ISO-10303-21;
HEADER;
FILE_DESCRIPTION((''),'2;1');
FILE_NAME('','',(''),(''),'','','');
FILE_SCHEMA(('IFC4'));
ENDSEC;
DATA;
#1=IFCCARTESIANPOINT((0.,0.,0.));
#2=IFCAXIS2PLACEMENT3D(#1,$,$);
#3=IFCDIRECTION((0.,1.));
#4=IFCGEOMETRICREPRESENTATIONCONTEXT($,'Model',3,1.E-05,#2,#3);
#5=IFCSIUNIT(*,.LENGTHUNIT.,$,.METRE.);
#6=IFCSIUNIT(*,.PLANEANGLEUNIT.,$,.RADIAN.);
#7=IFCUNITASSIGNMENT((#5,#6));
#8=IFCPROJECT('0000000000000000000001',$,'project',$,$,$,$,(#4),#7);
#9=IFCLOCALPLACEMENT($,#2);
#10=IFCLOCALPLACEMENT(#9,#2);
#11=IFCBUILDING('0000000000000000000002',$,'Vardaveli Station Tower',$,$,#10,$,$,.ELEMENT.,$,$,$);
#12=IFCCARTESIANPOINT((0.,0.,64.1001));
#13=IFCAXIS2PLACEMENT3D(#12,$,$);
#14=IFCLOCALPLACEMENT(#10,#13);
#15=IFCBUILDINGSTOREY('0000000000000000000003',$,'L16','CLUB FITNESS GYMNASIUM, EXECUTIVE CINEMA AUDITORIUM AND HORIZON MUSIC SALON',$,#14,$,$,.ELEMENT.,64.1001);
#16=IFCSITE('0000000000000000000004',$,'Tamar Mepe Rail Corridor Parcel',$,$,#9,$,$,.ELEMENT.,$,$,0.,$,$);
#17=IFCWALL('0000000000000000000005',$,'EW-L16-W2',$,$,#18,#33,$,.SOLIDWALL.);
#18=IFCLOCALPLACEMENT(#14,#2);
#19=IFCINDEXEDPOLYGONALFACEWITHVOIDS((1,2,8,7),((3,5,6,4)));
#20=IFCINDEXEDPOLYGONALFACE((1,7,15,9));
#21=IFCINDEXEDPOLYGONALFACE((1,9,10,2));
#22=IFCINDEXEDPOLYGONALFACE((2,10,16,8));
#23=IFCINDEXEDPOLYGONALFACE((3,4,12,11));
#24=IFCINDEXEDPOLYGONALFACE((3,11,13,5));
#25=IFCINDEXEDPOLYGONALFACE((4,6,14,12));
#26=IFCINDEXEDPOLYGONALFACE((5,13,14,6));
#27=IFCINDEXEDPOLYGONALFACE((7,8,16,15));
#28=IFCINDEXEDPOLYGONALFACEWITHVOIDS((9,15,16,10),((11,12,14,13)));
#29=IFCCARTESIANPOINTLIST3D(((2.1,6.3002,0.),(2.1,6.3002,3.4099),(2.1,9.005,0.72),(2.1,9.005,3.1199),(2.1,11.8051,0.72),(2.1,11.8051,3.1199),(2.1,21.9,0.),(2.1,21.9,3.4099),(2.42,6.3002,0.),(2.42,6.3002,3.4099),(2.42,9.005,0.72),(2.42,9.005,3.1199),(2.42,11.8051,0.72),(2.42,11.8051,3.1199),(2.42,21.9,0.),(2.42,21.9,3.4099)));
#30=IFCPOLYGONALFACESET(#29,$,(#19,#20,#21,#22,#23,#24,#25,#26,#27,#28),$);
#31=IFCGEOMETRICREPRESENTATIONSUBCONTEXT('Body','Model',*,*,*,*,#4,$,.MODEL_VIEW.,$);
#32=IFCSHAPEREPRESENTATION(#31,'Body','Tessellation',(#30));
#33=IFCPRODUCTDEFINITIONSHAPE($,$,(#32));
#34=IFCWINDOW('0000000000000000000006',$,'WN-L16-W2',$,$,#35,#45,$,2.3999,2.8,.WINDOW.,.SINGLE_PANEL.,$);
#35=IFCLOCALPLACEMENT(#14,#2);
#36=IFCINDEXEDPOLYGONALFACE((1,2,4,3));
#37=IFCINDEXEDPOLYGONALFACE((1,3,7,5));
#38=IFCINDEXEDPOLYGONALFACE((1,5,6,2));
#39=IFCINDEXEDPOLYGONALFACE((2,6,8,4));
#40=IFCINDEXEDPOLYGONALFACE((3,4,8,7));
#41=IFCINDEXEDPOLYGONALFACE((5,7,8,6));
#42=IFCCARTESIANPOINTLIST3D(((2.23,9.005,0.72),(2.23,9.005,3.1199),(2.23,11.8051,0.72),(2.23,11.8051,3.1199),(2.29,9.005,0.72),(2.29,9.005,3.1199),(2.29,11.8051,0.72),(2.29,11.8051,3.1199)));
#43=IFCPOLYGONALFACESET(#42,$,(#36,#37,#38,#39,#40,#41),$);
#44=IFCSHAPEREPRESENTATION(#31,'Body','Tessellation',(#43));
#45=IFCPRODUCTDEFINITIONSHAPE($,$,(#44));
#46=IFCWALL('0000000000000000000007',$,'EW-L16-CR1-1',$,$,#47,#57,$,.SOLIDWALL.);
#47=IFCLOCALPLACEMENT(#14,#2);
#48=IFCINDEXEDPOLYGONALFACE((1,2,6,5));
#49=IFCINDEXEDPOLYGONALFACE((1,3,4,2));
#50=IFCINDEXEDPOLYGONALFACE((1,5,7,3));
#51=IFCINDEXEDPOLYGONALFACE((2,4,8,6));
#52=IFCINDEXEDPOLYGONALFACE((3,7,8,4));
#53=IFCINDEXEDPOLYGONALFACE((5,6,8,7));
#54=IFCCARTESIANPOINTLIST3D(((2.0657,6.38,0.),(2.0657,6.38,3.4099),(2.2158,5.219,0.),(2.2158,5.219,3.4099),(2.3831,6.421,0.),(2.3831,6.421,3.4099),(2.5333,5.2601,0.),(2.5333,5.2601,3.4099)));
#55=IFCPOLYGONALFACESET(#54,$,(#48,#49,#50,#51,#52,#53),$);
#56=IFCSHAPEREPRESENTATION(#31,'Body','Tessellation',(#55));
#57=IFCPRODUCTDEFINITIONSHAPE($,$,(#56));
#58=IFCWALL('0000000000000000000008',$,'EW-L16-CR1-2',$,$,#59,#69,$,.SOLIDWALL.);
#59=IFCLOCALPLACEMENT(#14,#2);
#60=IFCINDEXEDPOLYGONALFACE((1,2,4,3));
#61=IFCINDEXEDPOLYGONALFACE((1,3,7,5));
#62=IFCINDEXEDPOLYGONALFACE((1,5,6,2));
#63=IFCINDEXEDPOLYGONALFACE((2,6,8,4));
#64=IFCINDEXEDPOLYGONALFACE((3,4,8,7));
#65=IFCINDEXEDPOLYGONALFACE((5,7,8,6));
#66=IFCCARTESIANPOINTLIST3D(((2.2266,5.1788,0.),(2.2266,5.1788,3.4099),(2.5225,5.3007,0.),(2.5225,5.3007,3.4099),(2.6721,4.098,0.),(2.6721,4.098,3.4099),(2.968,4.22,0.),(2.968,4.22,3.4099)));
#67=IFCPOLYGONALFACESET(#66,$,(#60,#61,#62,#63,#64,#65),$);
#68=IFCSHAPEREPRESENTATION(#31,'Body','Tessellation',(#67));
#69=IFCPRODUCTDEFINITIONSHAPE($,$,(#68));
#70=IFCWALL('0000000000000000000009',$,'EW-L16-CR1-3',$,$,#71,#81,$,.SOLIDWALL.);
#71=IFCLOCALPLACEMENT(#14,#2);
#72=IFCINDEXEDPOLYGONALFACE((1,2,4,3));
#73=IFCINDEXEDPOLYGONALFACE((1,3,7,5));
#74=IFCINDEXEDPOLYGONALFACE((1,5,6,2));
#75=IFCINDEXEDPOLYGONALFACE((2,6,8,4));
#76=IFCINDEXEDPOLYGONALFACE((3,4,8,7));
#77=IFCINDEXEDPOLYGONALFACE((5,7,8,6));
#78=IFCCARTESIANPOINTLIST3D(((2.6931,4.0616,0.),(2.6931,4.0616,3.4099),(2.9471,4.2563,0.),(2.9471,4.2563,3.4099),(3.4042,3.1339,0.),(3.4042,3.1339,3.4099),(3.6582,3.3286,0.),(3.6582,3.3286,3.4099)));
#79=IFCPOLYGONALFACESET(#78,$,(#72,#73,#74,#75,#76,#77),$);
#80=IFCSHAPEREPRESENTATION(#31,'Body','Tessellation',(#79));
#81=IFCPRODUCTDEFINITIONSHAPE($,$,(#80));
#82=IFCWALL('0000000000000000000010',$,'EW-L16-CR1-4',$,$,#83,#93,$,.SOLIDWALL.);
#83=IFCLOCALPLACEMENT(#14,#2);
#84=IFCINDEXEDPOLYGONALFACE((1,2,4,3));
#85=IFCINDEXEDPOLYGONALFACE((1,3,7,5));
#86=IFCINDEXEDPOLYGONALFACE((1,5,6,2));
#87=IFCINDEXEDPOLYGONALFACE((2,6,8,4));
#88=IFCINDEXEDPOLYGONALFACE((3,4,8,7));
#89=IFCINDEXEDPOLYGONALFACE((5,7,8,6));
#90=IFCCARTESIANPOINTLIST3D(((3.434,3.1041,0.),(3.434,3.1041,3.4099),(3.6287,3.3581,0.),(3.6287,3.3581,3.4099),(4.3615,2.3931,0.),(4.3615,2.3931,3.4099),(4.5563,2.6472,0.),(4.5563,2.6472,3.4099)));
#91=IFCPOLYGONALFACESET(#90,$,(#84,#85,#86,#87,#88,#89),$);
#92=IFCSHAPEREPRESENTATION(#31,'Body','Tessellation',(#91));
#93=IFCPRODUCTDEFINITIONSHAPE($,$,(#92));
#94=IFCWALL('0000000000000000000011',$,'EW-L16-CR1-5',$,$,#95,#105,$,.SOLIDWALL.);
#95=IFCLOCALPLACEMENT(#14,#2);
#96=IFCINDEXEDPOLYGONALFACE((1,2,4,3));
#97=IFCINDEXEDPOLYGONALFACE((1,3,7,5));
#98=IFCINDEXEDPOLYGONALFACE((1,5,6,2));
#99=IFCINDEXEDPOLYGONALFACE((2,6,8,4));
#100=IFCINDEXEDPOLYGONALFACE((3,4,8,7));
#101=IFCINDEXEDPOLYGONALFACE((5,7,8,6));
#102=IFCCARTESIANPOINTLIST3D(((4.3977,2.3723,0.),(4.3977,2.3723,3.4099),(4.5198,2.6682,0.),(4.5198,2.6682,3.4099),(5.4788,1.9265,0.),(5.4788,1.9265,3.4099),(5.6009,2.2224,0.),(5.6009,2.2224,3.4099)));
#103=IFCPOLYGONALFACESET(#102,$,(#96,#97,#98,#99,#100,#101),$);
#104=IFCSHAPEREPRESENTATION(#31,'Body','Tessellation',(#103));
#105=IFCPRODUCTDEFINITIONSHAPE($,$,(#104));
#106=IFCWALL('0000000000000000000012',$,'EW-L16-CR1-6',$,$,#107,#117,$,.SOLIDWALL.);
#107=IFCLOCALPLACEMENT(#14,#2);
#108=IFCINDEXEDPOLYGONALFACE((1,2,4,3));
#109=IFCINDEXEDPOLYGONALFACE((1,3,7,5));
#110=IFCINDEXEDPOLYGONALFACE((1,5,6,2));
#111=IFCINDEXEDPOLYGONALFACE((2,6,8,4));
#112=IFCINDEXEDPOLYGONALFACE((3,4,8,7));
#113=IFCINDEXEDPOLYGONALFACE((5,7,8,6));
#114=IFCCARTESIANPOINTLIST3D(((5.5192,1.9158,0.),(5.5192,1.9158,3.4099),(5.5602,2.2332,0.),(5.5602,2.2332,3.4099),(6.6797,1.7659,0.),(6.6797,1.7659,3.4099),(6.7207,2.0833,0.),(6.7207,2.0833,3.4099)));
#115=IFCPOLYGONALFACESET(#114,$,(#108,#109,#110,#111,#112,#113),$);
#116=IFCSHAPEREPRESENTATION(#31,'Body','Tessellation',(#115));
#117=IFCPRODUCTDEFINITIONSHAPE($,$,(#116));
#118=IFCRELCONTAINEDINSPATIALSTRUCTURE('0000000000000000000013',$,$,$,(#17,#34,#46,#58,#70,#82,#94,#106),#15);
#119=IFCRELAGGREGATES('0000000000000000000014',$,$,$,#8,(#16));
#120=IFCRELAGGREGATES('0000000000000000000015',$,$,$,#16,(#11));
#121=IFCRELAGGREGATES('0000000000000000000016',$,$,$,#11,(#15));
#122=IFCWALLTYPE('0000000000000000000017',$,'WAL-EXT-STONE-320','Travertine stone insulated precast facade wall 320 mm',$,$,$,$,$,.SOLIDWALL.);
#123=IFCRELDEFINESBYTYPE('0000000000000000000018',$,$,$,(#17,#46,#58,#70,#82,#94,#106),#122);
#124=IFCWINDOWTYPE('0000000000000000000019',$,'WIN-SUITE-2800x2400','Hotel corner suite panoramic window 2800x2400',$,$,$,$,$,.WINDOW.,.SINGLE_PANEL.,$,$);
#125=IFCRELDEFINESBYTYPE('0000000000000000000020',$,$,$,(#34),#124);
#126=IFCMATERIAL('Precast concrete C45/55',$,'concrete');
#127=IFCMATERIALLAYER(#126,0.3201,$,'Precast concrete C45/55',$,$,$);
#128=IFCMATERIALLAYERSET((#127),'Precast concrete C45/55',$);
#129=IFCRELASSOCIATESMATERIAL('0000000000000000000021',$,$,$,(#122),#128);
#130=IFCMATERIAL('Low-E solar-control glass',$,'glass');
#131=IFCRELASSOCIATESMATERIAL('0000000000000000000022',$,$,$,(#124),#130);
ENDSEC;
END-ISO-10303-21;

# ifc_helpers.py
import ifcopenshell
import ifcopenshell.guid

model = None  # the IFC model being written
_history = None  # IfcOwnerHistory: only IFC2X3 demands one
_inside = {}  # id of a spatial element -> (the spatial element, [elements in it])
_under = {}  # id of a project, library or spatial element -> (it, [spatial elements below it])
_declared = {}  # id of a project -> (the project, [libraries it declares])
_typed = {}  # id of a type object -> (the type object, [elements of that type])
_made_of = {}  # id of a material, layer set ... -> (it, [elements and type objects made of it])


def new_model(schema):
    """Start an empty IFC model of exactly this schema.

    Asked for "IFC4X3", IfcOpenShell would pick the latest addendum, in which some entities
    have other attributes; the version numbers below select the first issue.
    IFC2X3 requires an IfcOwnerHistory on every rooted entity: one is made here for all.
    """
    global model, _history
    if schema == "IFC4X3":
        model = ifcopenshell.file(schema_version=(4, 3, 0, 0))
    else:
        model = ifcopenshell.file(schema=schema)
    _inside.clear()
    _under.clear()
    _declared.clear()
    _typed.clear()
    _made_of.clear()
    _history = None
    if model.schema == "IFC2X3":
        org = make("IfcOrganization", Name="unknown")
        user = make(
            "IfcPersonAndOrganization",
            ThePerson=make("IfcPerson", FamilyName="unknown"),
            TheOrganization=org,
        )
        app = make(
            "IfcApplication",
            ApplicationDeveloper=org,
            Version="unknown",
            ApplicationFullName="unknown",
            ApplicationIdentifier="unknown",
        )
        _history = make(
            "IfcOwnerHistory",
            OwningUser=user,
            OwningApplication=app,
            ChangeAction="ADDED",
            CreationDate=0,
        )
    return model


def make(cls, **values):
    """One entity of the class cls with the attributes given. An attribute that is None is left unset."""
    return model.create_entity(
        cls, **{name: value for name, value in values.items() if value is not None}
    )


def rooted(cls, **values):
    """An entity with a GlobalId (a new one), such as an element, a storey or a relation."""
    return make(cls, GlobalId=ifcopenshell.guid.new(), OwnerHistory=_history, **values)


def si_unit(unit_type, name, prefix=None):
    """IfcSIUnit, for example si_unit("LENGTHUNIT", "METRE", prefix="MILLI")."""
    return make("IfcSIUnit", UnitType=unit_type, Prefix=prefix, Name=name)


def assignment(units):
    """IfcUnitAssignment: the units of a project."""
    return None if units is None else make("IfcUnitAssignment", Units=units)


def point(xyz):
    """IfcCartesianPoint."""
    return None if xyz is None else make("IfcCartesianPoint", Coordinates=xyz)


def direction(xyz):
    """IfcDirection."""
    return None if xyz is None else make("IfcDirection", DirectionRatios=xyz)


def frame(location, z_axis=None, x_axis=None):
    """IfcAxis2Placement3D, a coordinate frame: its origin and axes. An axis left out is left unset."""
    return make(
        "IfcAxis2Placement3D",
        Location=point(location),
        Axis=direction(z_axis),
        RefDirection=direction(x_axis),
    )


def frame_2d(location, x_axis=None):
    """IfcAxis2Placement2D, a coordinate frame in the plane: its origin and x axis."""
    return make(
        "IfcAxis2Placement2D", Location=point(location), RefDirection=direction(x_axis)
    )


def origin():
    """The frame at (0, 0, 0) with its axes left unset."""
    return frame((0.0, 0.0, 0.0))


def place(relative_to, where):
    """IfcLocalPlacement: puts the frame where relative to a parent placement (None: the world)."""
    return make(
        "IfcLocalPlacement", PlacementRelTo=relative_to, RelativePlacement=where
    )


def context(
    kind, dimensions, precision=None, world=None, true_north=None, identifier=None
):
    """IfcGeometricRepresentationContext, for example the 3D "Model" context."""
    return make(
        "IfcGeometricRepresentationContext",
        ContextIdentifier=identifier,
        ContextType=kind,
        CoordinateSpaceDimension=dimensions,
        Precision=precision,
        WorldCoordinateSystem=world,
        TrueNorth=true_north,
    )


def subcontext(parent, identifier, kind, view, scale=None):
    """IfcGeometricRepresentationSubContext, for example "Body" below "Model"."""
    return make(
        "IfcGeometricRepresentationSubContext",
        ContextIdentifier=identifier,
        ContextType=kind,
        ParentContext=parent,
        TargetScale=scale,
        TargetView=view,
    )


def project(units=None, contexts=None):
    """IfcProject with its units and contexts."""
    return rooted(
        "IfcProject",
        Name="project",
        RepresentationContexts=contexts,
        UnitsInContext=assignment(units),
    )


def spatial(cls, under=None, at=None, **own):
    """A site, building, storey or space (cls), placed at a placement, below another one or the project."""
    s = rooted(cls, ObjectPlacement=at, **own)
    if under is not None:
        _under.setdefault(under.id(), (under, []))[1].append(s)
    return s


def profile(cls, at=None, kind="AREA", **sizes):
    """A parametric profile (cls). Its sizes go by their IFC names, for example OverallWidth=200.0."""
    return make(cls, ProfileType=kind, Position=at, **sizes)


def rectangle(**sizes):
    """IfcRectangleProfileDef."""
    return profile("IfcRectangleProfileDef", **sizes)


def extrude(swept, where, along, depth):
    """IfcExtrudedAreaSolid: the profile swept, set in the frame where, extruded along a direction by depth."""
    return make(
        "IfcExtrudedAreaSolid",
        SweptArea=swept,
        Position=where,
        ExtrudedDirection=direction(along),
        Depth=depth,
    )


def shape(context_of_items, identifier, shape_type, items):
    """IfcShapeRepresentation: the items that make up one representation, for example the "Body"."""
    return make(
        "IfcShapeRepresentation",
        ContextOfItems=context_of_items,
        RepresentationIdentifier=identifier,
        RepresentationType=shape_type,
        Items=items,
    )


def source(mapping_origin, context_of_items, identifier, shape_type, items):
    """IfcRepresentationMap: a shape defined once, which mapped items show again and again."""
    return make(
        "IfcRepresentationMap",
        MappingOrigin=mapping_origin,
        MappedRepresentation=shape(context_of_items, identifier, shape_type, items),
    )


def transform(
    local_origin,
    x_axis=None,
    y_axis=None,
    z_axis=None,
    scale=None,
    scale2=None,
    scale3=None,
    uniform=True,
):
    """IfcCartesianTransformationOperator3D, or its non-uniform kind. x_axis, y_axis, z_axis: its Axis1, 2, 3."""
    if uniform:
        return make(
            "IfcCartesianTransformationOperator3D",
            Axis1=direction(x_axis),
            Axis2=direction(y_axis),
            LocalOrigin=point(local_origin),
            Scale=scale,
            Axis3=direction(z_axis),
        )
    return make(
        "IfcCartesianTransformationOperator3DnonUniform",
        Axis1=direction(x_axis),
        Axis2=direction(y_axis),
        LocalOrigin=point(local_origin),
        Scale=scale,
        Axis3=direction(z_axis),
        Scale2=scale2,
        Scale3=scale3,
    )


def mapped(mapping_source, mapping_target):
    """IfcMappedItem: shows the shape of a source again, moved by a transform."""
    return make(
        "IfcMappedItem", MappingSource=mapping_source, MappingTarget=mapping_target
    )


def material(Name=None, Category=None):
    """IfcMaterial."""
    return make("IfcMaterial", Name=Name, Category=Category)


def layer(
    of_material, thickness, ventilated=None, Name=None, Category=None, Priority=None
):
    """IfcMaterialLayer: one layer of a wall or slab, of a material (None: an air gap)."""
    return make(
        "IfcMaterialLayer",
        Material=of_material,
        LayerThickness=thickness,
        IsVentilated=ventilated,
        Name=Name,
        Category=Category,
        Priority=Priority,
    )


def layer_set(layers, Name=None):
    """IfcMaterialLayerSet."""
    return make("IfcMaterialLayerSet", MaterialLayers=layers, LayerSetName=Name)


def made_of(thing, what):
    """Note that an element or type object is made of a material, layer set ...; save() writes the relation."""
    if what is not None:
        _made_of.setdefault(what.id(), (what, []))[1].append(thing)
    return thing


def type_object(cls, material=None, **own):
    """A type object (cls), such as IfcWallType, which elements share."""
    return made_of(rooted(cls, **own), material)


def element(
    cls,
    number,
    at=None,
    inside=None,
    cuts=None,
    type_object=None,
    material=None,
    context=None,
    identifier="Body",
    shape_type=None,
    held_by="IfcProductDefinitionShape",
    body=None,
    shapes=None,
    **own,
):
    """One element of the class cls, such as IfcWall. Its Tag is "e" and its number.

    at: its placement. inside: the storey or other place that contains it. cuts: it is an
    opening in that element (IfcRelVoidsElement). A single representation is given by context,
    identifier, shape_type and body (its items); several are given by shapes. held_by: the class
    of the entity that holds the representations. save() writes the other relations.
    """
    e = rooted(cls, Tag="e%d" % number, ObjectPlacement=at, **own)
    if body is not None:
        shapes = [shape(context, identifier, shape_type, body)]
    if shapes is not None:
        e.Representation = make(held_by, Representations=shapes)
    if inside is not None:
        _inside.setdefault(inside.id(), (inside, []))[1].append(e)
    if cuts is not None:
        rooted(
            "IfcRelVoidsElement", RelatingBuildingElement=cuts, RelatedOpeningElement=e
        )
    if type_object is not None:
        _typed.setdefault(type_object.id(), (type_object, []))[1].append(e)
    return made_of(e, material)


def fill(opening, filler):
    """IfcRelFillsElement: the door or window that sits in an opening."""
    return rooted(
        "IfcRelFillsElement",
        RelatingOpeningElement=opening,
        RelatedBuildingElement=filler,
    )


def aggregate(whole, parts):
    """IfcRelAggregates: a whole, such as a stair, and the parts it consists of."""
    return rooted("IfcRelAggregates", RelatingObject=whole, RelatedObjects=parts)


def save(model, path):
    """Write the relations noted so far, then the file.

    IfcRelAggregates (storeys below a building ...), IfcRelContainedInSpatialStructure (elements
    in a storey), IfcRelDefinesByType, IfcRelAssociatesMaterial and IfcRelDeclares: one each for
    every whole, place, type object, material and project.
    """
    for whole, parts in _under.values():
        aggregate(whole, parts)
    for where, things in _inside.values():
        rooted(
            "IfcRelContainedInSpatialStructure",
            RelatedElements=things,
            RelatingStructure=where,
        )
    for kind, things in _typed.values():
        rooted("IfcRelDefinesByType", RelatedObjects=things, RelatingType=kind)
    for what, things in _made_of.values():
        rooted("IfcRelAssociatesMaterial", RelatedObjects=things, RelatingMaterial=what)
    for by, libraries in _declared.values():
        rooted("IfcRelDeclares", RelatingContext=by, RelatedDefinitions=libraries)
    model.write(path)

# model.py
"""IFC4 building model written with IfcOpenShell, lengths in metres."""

from ifc_helpers import new_model, si_unit, direction, frame, frame_2d, origin, place, context, subcontext, project, spatial, rectangle, extrude, source, transform, mapped, material, layer, layer_set, type_object, element, fill, save


model = new_model("IFC4")

# Units and contexts
model_context = context("Model", 3, precision=1e-05, world=origin(), true_north=direction((0.0, 1.0)))
body_context = subcontext(model_context, "Body", "Model", "MODEL_VIEW")
ifc_project = project(units=[si_unit("LENGTHUNIT", "METRE"), si_unit("PLANEANGLEUNIT", "RADIAN")], contexts=[model_context])

# Site, building, storey
site_placement = place(None, origin())
site = spatial("IfcSite", under=ifc_project, at=site_placement, Name="Tamar Mepe Rail Corridor Parcel", CompositionType="ELEMENT", RefElevation=0.0)
building_placement = place(site_placement, origin())
building = spatial("IfcBuilding", under=site, at=building_placement, Name="Vardaveli Station Tower", CompositionType="ELEMENT")
storey_placement = place(building_placement, frame((0.0, 0.0, 64.1001)))
storey = spatial("IfcBuildingStorey", under=building, at=storey_placement, Name="L16", Description="CLUB FITNESS GYMNASIUM, EXECUTIVE CINEMA AUDITORIUM AND HORIZON MUSIC SALON", CompositionType="ELEMENT", Elevation=64.1001)

# Shared definitions
ifc_material_1 = material(Name="Precast concrete C45/55", Category="concrete")

# Wall, opening, window
ifc_layer_1 = layer(ifc_material_1, 0.3201, Name="Precast concrete C45/55")
ifc_layer_set_1 = layer_set([ifc_layer_1], Name="Precast concrete C45/55")
wall_type_1 = type_object("IfcWallType", Name="WAL-EXT-STONE-320", Description="Travertine stone insulated precast facade wall 320 mm", PredefinedType="SOLIDWALL", material=ifc_layer_set_1)
shared_shape_1 = source(origin(), body_context, "Body", "SweptSolid", [
    extrude(rectangle(XDim=15.5999, YDim=0.3201, at=frame_2d((7.7998, 0.0))), origin(), (0.0, 0.0, 1.0), 3.4099),
])
wall_1_placement = place(storey_placement, frame((2.26, 21.8999, 0.0), z_axis=(0.0, 0.0, 1.0), x_axis=(0.0, -1.0, 0.0)))
wall_1 = element("IfcWall", 1, at=wall_1_placement, inside=storey, type_object=wall_type_1, Name="EW-L16-W2", PredefinedType="SOLIDWALL", context=body_context, shape_type="MappedRepresentation", body=[
    mapped(shared_shape_1, transform((0.0, 0.0, 0.0), scale=1.0)),
])
shared_shape_2 = source(origin(), body_context, "Body", "SweptSolid", [
    extrude(rectangle(XDim=2.8, YDim=2.3999, at=frame_2d((1.3999, 1.2))), frame((0.0, 0.1699, 0.0), z_axis=(0.0, -1.0, 0.0), x_axis=(1.0, 0.0, 0.0)), (0.0, 0.0, 1.0), 0.3401),
])
opening_1_placement = place(wall_1_placement, frame((10.095, 0.0, 0.72)))
opening_1 = element("IfcOpeningElement", 2, at=opening_1_placement, cuts=wall_1, PredefinedType="OPENING", context=body_context, shape_type="MappedRepresentation", body=[
    mapped(shared_shape_2, transform((0.0, 0.0, 0.0), scale=1.0)),
])
ifc_material_2 = material(Name="Low-E solar-control glass", Category="glass")
window_type = type_object("IfcWindowType", Name="WIN-SUITE-2800x2400", Description="Hotel corner suite panoramic window 2800x2400", PartitioningType="SINGLE_PANEL", PredefinedType="WINDOW", material=ifc_material_2)
shared_shape_3 = source(origin(), body_context, "Body", "SweptSolid", [
    extrude(rectangle(XDim=2.8, YDim=2.3999, at=frame_2d((1.3999, 1.2))), frame((0.0, 0.03, 0.0), z_axis=(0.0, -1.0, 0.0), x_axis=(1.0, 0.0, 0.0)), (0.0, 0.0, 1.0), 0.0601),
])
window_placement = place(opening_1_placement, origin())
window = element("IfcWindow", 3, at=window_placement, inside=storey, type_object=window_type, Name="WN-L16-W2", OverallHeight=2.3999, OverallWidth=2.8, PartitioningType="SINGLE_PANEL", PredefinedType="WINDOW", context=body_context, shape_type="MappedRepresentation", body=[
    mapped(shared_shape_3, transform((0.0, 0.0, 0.0), scale=1.0)),
])
fill(opening_1, window)

# Walls
shared_shape_4 = source(origin(), body_context, "Body", "SweptSolid", [
    extrude(rectangle(XDim=1.1707, YDim=0.3201, at=frame_2d((0.5854, 0.0))), origin(), (0.0, 0.0, 1.0), 3.4099),
])
wall_2_placement = place(storey_placement, frame((2.2244, 6.4006, 0.0), z_axis=(0.0, 0.0, 1.0), x_axis=(0.128269, -0.991739, 0.0)))
element("IfcWall", 4, at=wall_2_placement, inside=storey, type_object=wall_type_1, Name="EW-L16-CR1-1", PredefinedType="SOLIDWALL", context=body_context, shape_type="MappedRepresentation", body=[
    mapped(shared_shape_4, transform((0.0, 0.0, 0.0), scale=1.0)),
])
shared_shape_5 = source(origin(), body_context, "Body", "SweptSolid", [
    extrude(rectangle(XDim=1.1689, YDim=0.3201, at=frame_2d((0.5845, 0.0))), origin(), (0.0, 0.0, 1.0), 3.4099),
])
for number, where, z_axis, x_axis, name in (
    (5, (2.3745, 5.2397, 0.0), (0.0, 0.0, 1.0), (0.381128, -0.924522, 0.0), "EW-L16-CR1-2"),
    (6, (2.8201, 4.1589, 0.0), (0.0, 0.0, 1.0), (0.608388, -0.79364, 0.0), "EW-L16-CR1-3"),
):
    element("IfcWall", number, at=place(storey_placement, frame(where, z_axis=z_axis, x_axis=x_axis)), inside=storey, type_object=wall_type_1, Name=name, PredefinedType="SOLIDWALL", context=body_context, shape_type="MappedRepresentation", body=[
        mapped(shared_shape_5, transform((0.0, 0.0, 0.0), scale=1.0)),
    ])
shared_shape_6 = source(origin(), body_context, "Body", "SweptSolid", [
    extrude(rectangle(XDim=1.1687, YDim=0.3201, at=frame_2d((0.5845, 0.0))), origin(), (0.0, 0.0, 1.0), 3.4099),
])
wall_3_placement = place(storey_placement, frame((3.5312, 3.2312, 0.0), z_axis=(0.0, 0.0, 1.0), x_axis=(0.793664, -0.608357, 0.0)))
element("IfcWall", 7, at=wall_3_placement, inside=storey, type_object=wall_type_1, Name="EW-L16-CR1-4", PredefinedType="SOLIDWALL", context=body_context, shape_type="MappedRepresentation", body=[
    mapped(shared_shape_6, transform((0.0, 0.0, 0.0), scale=1.0)),
])
shared_shape_7 = source(origin(), body_context, "Body", "SweptSolid", [
    extrude(rectangle(XDim=1.1694, YDim=0.3201, at=frame_2d((0.5847, 0.0))), origin(), (0.0, 0.0, 1.0), 3.4099),
])
wall_4_placement = place(storey_placement, frame((4.4587, 2.5203, 0.0), z_axis=(0.0, 0.0, 1.0), x_axis=(0.924479, -0.381233, 0.0)))
element("IfcWall", 8, at=wall_4_placement, inside=storey, type_object=wall_type_1, Name="EW-L16-CR1-5", PredefinedType="SOLIDWALL", context=body_context, shape_type="MappedRepresentation", body=[
    mapped(shared_shape_7, transform((0.0, 0.0, 0.0), scale=1.0)),
])
shared_shape_8 = source(origin(), body_context, "Body", "SweptSolid", [
    extrude(rectangle(XDim=1.1702, YDim=0.3201, at=frame_2d((0.585, 0.0))), origin(), (0.0, 0.0, 1.0), 3.4099),
])
wall_5_placement = place(storey_placement, frame((5.5398, 2.0745, 0.0), z_axis=(0.0, 0.0, 1.0), x_axis=(0.991762, -0.12809, 0.0)))
element("IfcWall", 9, at=wall_5_placement, inside=storey, type_object=wall_type_1, Name="EW-L16-CR1-6", PredefinedType="SOLIDWALL", context=body_context, shape_type="MappedRepresentation", body=[
    mapped(shared_shape_8, transform((0.0, 0.0, 0.0), scale=1.0)),
])

save(model, "model.ifc")
